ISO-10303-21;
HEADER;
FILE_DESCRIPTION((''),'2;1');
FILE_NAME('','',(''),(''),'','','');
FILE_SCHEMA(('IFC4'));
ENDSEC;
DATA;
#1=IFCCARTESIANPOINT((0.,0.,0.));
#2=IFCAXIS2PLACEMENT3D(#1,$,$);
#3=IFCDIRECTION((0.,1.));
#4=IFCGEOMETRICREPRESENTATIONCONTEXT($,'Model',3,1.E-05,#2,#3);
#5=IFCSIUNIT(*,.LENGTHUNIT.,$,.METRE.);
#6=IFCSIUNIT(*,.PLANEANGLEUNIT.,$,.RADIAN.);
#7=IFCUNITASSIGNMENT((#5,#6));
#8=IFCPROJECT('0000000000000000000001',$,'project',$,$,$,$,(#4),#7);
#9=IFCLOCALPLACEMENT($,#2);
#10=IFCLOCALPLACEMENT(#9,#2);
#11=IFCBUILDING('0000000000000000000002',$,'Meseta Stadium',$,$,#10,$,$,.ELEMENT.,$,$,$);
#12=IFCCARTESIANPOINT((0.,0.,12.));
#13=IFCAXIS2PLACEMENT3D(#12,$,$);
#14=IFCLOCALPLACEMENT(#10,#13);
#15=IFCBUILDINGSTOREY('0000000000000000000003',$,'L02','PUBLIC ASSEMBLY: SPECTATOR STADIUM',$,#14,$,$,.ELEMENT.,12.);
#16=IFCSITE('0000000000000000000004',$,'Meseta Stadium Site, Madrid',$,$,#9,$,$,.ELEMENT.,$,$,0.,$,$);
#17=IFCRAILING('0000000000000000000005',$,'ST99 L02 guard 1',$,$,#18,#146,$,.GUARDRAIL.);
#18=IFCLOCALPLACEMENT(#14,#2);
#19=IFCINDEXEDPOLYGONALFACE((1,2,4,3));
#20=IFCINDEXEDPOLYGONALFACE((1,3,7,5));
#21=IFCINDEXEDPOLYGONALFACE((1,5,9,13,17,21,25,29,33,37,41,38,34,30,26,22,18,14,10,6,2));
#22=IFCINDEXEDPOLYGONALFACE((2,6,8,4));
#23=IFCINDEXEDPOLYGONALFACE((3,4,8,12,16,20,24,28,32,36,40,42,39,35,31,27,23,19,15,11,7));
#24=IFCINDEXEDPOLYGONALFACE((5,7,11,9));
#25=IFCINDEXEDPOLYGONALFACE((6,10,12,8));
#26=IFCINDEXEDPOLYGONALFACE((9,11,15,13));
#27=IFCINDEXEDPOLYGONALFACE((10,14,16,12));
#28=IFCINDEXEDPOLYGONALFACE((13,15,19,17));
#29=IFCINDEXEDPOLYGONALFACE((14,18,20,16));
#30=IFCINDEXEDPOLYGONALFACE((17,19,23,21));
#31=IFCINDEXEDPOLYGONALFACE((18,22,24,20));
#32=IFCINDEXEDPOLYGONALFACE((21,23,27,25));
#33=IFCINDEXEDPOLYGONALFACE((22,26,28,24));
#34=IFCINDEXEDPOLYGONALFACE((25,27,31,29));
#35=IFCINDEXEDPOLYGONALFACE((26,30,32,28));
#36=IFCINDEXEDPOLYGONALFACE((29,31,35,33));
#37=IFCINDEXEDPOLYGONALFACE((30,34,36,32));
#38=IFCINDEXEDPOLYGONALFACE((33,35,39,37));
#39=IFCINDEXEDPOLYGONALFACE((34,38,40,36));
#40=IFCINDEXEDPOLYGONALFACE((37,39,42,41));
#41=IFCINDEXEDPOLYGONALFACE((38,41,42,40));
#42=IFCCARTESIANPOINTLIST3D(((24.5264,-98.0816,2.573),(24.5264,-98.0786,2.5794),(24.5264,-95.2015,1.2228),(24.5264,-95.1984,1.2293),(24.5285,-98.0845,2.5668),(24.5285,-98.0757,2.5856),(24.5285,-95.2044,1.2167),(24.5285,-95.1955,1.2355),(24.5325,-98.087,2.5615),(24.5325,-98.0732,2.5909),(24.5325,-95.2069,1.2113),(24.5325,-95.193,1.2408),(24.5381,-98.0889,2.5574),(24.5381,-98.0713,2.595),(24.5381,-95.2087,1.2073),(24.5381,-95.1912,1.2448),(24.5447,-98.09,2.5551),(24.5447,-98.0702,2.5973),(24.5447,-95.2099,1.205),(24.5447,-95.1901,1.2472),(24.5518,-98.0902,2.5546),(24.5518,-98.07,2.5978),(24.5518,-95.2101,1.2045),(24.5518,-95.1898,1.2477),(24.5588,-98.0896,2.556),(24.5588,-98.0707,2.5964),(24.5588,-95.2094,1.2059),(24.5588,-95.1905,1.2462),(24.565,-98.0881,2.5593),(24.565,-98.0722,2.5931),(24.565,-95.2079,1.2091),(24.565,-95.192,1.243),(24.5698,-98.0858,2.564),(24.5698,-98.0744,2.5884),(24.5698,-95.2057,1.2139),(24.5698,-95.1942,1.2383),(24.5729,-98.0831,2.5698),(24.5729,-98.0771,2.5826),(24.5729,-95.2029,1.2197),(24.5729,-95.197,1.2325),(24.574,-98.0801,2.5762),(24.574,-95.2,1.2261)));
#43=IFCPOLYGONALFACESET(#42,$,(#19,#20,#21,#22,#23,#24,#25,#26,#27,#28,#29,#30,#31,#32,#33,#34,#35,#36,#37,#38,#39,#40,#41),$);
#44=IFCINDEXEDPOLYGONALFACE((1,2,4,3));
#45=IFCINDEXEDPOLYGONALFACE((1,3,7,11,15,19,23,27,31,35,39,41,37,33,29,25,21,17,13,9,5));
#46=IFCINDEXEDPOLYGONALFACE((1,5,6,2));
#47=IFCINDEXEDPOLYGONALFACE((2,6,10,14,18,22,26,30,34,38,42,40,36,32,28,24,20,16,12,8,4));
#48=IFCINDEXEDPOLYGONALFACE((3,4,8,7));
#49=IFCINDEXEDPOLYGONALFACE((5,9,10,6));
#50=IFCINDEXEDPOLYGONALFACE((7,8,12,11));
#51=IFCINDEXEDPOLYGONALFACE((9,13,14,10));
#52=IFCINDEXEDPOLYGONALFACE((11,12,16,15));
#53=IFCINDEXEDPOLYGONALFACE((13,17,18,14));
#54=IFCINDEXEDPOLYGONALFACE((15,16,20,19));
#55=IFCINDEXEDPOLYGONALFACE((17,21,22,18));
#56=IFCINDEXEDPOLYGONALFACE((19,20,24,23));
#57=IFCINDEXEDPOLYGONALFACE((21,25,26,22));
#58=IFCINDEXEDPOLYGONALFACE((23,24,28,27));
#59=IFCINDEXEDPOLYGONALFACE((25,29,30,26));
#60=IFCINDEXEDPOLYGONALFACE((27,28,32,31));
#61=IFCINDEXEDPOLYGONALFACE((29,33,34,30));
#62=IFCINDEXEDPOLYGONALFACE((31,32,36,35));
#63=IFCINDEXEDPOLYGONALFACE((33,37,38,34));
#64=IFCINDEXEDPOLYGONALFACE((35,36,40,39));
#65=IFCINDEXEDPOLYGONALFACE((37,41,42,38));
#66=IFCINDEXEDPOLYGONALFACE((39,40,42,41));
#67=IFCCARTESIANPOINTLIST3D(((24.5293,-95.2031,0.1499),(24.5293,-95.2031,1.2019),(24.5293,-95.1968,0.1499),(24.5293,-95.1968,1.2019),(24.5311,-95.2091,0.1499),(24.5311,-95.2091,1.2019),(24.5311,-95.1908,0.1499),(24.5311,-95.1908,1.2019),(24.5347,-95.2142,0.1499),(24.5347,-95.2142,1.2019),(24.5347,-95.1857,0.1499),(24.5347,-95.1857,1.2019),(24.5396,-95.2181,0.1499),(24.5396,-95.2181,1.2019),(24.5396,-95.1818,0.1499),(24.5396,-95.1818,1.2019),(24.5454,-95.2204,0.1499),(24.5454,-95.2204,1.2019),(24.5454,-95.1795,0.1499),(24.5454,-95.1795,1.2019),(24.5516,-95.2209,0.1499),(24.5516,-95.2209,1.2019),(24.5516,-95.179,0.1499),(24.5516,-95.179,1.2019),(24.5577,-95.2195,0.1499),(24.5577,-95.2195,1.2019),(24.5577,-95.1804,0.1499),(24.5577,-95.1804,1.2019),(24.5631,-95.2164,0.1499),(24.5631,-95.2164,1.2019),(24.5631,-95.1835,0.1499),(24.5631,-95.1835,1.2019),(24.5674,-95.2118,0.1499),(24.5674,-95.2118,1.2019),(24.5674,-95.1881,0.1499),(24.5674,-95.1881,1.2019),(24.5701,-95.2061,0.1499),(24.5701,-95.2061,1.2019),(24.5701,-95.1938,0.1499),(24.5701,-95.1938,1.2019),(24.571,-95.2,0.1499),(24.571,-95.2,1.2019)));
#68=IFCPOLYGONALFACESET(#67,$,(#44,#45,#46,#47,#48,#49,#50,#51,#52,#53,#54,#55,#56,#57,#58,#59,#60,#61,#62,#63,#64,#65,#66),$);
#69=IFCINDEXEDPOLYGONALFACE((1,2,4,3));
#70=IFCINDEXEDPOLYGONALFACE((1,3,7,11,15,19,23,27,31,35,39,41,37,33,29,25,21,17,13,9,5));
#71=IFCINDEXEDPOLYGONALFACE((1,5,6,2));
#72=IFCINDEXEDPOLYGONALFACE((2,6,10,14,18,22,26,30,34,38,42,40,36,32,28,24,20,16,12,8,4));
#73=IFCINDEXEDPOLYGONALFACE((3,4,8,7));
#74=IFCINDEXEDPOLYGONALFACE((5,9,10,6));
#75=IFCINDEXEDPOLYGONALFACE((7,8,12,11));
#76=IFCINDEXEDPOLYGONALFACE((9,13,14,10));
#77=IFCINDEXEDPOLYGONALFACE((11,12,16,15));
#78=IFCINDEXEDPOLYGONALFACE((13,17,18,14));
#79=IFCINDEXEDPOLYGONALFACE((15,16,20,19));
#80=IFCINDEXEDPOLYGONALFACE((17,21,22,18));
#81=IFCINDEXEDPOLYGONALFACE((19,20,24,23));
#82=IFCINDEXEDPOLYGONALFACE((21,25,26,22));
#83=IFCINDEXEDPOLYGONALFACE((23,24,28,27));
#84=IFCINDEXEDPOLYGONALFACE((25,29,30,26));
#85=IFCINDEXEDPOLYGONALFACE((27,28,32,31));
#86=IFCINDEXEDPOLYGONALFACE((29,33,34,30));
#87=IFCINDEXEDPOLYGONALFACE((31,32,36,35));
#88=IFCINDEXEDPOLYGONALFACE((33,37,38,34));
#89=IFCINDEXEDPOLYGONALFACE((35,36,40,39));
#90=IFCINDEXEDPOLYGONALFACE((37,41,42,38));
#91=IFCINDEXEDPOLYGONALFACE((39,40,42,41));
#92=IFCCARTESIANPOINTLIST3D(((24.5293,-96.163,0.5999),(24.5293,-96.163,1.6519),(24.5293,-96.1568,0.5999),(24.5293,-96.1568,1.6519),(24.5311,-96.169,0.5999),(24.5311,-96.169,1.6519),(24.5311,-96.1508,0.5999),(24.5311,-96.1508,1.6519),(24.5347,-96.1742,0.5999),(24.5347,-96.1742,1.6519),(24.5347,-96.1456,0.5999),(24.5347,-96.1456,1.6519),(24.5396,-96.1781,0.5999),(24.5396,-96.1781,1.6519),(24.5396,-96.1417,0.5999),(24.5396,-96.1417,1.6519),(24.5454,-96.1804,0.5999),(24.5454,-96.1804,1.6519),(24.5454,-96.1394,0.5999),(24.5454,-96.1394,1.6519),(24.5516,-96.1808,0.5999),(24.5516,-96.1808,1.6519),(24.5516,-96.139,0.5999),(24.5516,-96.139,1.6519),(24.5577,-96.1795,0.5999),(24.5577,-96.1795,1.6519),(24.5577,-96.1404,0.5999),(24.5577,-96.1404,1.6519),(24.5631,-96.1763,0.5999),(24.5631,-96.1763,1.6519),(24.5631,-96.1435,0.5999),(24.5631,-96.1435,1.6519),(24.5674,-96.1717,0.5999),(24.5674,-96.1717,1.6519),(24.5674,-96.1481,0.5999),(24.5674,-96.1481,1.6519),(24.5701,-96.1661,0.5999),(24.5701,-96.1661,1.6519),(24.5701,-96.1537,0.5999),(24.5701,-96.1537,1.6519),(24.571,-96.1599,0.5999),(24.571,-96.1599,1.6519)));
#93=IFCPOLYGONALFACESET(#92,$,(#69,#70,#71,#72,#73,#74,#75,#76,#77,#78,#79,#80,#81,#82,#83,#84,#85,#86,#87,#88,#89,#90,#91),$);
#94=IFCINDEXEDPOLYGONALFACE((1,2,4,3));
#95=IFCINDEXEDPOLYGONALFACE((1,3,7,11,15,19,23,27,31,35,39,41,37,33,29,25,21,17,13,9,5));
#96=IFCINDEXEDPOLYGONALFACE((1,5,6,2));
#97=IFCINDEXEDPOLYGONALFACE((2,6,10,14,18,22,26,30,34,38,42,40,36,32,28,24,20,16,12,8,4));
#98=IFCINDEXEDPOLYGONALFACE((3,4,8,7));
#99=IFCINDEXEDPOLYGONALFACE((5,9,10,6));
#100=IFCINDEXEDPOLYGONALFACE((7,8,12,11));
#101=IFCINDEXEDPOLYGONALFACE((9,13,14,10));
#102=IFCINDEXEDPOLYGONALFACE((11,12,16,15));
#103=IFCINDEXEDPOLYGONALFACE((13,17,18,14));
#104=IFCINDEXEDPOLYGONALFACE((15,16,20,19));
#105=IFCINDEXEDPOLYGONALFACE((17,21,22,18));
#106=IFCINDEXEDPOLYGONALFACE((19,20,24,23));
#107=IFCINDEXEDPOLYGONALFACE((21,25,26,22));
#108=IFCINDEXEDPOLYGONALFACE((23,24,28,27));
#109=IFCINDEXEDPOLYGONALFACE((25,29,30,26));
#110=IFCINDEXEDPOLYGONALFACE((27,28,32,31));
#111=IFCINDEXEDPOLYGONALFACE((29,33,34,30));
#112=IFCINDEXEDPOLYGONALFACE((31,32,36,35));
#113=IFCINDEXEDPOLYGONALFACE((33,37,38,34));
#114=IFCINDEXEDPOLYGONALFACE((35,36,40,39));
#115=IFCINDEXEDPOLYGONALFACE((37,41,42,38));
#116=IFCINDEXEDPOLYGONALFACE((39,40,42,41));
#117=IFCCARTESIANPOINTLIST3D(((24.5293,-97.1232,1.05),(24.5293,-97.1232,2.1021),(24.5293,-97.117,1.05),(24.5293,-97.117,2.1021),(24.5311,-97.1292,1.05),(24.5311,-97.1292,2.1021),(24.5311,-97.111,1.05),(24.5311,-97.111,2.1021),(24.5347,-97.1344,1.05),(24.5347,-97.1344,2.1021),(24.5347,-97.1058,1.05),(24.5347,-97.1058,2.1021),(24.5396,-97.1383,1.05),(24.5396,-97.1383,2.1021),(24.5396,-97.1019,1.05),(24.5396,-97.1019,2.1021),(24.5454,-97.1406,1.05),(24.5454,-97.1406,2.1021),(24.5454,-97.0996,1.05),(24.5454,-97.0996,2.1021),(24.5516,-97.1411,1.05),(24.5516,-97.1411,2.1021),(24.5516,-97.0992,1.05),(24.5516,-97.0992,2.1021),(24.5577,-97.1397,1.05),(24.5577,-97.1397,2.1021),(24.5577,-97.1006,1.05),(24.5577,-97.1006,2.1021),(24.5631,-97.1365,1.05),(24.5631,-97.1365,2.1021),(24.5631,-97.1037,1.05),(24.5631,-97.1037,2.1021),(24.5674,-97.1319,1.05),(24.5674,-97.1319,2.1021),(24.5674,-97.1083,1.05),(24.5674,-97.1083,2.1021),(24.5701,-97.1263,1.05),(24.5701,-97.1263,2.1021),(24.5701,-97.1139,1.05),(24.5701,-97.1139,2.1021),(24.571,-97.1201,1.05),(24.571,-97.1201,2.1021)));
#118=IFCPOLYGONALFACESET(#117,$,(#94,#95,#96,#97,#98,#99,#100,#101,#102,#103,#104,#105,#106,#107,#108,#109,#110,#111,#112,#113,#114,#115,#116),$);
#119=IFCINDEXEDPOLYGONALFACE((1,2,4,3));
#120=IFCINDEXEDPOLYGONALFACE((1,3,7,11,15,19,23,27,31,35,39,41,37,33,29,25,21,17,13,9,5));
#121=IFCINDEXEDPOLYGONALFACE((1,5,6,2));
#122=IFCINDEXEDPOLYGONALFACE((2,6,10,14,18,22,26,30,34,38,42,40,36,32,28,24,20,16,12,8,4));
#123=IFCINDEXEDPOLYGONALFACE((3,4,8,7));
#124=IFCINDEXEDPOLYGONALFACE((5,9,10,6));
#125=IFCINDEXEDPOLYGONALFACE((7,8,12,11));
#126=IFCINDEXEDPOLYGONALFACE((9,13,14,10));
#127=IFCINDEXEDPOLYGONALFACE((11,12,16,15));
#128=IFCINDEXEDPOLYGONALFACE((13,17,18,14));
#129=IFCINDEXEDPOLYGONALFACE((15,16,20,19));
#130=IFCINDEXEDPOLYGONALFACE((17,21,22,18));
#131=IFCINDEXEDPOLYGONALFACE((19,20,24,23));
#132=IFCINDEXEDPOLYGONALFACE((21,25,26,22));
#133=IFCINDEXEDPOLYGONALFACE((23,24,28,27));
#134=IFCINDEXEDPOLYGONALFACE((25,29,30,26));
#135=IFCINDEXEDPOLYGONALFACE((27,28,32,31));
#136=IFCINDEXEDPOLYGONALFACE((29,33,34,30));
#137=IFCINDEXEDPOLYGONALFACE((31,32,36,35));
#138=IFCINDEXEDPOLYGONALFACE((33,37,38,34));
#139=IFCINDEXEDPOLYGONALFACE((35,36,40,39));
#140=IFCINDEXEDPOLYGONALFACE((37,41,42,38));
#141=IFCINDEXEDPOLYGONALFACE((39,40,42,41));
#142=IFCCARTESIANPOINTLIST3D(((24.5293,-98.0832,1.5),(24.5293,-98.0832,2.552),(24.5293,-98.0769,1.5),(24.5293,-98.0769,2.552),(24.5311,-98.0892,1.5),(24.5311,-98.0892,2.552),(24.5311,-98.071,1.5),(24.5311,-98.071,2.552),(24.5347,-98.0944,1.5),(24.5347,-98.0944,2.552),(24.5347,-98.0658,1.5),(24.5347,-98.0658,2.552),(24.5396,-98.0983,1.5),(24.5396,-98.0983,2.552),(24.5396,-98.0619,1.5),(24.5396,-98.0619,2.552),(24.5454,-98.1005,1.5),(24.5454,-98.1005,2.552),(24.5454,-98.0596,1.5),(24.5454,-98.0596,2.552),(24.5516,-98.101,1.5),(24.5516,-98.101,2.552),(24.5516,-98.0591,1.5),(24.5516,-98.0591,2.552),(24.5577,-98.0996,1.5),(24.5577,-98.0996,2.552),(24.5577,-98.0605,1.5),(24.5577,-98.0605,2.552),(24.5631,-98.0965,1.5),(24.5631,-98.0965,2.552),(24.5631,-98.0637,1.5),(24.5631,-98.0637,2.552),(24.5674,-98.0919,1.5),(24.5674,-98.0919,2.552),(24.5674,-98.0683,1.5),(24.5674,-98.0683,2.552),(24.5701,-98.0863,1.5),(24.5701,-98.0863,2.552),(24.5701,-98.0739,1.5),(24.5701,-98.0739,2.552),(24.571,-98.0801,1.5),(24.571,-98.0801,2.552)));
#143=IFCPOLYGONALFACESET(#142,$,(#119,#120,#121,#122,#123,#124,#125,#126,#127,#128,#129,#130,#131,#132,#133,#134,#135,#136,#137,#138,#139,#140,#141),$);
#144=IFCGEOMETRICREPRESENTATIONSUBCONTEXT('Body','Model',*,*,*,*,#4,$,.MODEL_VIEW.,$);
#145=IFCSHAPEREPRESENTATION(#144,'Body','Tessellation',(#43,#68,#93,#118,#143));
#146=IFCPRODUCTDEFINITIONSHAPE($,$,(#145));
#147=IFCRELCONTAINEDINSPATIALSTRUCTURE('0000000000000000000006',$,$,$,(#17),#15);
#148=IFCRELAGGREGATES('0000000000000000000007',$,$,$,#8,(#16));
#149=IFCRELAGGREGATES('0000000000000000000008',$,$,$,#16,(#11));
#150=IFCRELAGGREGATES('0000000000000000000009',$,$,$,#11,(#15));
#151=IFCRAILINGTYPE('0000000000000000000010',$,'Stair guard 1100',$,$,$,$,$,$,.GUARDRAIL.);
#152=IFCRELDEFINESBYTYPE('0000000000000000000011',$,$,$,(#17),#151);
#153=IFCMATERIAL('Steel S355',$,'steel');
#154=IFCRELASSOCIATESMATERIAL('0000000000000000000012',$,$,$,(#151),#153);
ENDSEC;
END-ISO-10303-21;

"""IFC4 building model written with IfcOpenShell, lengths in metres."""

from ifc_helpers import new_model, si_unit, direction, frame, origin, origin_2d, place, context, subcontext, project, spatial, circle, extrude, material, type_object, element, save


model = new_model("IFC4")

# Units and contexts
model_context = context("Model", 3, precision=1e-05, world=origin(), true_north=direction((0.0, 1.0)))
body_context = subcontext(model_context, "Body", "Model", "MODEL_VIEW")
ifc_project = project(units=[si_unit("LENGTHUNIT", "METRE"), si_unit("PLANEANGLEUNIT", "RADIAN")], contexts=[model_context])

# Site, building, storey
site_placement = place(None, origin())
site = spatial("IfcSite", under=ifc_project, at=site_placement, Name="Meseta Stadium Site, Madrid", CompositionType="ELEMENT", RefElevation=0.0)
building_placement = place(site_placement, origin())
building = spatial("IfcBuilding", under=site, at=building_placement, Name="Meseta Stadium", CompositionType="ELEMENT")
storey_placement = place(building_placement, frame((0.0, 0.0, 12.0)))
storey = spatial("IfcBuildingStorey", under=building, at=storey_placement, Name="L02", Description="PUBLIC ASSEMBLY: SPECTATOR STADIUM", CompositionType="ELEMENT", Elevation=12.0)

# Railing
ifc_material_1 = material(Name="Steel S355", Category="steel")
railing_type_1 = type_object("IfcRailingType", Name="Stair guard 1100", PredefinedType="GUARDRAIL", material=ifc_material_1)
railing_1_placement = place(storey_placement, frame((24.55, -95.2, 0.1499)))
element("IfcRailing", 1, at=railing_1_placement, inside=storey, type_object=railing_type_1, Name="ST99 L02 guard 1", PredefinedType="GUARDRAIL", context=body_context, shape_type="SweptSolid", body=[
    extrude(circle(Radius=0.0239, at=origin_2d()), frame((0.0, 0.0, 1.0762), z_axis=(0.0, -0.905454, 0.424444), x_axis=(1.0, 0.0, 0.0)), (0.0, 0.0, 1.0), 3.1809),
    extrude(circle(Radius=0.021, at=origin_2d()), origin(), (0.0, 0.0, 1.0), 1.052),
    extrude(circle(Radius=0.021, at=origin_2d()), frame((0.0, -0.96, 0.45)), (0.0, 0.0, 1.0), 1.052),
    extrude(circle(Radius=0.021, at=origin_2d()), frame((0.0, -1.9202, 0.9001)), (0.0, 0.0, 1.0), 1.052),
    extrude(circle(Radius=0.021, at=origin_2d()), frame((0.0, -2.8801, 1.3501)), (0.0, 0.0, 1.0), 1.052),
])

save(model, "model.ifc")
